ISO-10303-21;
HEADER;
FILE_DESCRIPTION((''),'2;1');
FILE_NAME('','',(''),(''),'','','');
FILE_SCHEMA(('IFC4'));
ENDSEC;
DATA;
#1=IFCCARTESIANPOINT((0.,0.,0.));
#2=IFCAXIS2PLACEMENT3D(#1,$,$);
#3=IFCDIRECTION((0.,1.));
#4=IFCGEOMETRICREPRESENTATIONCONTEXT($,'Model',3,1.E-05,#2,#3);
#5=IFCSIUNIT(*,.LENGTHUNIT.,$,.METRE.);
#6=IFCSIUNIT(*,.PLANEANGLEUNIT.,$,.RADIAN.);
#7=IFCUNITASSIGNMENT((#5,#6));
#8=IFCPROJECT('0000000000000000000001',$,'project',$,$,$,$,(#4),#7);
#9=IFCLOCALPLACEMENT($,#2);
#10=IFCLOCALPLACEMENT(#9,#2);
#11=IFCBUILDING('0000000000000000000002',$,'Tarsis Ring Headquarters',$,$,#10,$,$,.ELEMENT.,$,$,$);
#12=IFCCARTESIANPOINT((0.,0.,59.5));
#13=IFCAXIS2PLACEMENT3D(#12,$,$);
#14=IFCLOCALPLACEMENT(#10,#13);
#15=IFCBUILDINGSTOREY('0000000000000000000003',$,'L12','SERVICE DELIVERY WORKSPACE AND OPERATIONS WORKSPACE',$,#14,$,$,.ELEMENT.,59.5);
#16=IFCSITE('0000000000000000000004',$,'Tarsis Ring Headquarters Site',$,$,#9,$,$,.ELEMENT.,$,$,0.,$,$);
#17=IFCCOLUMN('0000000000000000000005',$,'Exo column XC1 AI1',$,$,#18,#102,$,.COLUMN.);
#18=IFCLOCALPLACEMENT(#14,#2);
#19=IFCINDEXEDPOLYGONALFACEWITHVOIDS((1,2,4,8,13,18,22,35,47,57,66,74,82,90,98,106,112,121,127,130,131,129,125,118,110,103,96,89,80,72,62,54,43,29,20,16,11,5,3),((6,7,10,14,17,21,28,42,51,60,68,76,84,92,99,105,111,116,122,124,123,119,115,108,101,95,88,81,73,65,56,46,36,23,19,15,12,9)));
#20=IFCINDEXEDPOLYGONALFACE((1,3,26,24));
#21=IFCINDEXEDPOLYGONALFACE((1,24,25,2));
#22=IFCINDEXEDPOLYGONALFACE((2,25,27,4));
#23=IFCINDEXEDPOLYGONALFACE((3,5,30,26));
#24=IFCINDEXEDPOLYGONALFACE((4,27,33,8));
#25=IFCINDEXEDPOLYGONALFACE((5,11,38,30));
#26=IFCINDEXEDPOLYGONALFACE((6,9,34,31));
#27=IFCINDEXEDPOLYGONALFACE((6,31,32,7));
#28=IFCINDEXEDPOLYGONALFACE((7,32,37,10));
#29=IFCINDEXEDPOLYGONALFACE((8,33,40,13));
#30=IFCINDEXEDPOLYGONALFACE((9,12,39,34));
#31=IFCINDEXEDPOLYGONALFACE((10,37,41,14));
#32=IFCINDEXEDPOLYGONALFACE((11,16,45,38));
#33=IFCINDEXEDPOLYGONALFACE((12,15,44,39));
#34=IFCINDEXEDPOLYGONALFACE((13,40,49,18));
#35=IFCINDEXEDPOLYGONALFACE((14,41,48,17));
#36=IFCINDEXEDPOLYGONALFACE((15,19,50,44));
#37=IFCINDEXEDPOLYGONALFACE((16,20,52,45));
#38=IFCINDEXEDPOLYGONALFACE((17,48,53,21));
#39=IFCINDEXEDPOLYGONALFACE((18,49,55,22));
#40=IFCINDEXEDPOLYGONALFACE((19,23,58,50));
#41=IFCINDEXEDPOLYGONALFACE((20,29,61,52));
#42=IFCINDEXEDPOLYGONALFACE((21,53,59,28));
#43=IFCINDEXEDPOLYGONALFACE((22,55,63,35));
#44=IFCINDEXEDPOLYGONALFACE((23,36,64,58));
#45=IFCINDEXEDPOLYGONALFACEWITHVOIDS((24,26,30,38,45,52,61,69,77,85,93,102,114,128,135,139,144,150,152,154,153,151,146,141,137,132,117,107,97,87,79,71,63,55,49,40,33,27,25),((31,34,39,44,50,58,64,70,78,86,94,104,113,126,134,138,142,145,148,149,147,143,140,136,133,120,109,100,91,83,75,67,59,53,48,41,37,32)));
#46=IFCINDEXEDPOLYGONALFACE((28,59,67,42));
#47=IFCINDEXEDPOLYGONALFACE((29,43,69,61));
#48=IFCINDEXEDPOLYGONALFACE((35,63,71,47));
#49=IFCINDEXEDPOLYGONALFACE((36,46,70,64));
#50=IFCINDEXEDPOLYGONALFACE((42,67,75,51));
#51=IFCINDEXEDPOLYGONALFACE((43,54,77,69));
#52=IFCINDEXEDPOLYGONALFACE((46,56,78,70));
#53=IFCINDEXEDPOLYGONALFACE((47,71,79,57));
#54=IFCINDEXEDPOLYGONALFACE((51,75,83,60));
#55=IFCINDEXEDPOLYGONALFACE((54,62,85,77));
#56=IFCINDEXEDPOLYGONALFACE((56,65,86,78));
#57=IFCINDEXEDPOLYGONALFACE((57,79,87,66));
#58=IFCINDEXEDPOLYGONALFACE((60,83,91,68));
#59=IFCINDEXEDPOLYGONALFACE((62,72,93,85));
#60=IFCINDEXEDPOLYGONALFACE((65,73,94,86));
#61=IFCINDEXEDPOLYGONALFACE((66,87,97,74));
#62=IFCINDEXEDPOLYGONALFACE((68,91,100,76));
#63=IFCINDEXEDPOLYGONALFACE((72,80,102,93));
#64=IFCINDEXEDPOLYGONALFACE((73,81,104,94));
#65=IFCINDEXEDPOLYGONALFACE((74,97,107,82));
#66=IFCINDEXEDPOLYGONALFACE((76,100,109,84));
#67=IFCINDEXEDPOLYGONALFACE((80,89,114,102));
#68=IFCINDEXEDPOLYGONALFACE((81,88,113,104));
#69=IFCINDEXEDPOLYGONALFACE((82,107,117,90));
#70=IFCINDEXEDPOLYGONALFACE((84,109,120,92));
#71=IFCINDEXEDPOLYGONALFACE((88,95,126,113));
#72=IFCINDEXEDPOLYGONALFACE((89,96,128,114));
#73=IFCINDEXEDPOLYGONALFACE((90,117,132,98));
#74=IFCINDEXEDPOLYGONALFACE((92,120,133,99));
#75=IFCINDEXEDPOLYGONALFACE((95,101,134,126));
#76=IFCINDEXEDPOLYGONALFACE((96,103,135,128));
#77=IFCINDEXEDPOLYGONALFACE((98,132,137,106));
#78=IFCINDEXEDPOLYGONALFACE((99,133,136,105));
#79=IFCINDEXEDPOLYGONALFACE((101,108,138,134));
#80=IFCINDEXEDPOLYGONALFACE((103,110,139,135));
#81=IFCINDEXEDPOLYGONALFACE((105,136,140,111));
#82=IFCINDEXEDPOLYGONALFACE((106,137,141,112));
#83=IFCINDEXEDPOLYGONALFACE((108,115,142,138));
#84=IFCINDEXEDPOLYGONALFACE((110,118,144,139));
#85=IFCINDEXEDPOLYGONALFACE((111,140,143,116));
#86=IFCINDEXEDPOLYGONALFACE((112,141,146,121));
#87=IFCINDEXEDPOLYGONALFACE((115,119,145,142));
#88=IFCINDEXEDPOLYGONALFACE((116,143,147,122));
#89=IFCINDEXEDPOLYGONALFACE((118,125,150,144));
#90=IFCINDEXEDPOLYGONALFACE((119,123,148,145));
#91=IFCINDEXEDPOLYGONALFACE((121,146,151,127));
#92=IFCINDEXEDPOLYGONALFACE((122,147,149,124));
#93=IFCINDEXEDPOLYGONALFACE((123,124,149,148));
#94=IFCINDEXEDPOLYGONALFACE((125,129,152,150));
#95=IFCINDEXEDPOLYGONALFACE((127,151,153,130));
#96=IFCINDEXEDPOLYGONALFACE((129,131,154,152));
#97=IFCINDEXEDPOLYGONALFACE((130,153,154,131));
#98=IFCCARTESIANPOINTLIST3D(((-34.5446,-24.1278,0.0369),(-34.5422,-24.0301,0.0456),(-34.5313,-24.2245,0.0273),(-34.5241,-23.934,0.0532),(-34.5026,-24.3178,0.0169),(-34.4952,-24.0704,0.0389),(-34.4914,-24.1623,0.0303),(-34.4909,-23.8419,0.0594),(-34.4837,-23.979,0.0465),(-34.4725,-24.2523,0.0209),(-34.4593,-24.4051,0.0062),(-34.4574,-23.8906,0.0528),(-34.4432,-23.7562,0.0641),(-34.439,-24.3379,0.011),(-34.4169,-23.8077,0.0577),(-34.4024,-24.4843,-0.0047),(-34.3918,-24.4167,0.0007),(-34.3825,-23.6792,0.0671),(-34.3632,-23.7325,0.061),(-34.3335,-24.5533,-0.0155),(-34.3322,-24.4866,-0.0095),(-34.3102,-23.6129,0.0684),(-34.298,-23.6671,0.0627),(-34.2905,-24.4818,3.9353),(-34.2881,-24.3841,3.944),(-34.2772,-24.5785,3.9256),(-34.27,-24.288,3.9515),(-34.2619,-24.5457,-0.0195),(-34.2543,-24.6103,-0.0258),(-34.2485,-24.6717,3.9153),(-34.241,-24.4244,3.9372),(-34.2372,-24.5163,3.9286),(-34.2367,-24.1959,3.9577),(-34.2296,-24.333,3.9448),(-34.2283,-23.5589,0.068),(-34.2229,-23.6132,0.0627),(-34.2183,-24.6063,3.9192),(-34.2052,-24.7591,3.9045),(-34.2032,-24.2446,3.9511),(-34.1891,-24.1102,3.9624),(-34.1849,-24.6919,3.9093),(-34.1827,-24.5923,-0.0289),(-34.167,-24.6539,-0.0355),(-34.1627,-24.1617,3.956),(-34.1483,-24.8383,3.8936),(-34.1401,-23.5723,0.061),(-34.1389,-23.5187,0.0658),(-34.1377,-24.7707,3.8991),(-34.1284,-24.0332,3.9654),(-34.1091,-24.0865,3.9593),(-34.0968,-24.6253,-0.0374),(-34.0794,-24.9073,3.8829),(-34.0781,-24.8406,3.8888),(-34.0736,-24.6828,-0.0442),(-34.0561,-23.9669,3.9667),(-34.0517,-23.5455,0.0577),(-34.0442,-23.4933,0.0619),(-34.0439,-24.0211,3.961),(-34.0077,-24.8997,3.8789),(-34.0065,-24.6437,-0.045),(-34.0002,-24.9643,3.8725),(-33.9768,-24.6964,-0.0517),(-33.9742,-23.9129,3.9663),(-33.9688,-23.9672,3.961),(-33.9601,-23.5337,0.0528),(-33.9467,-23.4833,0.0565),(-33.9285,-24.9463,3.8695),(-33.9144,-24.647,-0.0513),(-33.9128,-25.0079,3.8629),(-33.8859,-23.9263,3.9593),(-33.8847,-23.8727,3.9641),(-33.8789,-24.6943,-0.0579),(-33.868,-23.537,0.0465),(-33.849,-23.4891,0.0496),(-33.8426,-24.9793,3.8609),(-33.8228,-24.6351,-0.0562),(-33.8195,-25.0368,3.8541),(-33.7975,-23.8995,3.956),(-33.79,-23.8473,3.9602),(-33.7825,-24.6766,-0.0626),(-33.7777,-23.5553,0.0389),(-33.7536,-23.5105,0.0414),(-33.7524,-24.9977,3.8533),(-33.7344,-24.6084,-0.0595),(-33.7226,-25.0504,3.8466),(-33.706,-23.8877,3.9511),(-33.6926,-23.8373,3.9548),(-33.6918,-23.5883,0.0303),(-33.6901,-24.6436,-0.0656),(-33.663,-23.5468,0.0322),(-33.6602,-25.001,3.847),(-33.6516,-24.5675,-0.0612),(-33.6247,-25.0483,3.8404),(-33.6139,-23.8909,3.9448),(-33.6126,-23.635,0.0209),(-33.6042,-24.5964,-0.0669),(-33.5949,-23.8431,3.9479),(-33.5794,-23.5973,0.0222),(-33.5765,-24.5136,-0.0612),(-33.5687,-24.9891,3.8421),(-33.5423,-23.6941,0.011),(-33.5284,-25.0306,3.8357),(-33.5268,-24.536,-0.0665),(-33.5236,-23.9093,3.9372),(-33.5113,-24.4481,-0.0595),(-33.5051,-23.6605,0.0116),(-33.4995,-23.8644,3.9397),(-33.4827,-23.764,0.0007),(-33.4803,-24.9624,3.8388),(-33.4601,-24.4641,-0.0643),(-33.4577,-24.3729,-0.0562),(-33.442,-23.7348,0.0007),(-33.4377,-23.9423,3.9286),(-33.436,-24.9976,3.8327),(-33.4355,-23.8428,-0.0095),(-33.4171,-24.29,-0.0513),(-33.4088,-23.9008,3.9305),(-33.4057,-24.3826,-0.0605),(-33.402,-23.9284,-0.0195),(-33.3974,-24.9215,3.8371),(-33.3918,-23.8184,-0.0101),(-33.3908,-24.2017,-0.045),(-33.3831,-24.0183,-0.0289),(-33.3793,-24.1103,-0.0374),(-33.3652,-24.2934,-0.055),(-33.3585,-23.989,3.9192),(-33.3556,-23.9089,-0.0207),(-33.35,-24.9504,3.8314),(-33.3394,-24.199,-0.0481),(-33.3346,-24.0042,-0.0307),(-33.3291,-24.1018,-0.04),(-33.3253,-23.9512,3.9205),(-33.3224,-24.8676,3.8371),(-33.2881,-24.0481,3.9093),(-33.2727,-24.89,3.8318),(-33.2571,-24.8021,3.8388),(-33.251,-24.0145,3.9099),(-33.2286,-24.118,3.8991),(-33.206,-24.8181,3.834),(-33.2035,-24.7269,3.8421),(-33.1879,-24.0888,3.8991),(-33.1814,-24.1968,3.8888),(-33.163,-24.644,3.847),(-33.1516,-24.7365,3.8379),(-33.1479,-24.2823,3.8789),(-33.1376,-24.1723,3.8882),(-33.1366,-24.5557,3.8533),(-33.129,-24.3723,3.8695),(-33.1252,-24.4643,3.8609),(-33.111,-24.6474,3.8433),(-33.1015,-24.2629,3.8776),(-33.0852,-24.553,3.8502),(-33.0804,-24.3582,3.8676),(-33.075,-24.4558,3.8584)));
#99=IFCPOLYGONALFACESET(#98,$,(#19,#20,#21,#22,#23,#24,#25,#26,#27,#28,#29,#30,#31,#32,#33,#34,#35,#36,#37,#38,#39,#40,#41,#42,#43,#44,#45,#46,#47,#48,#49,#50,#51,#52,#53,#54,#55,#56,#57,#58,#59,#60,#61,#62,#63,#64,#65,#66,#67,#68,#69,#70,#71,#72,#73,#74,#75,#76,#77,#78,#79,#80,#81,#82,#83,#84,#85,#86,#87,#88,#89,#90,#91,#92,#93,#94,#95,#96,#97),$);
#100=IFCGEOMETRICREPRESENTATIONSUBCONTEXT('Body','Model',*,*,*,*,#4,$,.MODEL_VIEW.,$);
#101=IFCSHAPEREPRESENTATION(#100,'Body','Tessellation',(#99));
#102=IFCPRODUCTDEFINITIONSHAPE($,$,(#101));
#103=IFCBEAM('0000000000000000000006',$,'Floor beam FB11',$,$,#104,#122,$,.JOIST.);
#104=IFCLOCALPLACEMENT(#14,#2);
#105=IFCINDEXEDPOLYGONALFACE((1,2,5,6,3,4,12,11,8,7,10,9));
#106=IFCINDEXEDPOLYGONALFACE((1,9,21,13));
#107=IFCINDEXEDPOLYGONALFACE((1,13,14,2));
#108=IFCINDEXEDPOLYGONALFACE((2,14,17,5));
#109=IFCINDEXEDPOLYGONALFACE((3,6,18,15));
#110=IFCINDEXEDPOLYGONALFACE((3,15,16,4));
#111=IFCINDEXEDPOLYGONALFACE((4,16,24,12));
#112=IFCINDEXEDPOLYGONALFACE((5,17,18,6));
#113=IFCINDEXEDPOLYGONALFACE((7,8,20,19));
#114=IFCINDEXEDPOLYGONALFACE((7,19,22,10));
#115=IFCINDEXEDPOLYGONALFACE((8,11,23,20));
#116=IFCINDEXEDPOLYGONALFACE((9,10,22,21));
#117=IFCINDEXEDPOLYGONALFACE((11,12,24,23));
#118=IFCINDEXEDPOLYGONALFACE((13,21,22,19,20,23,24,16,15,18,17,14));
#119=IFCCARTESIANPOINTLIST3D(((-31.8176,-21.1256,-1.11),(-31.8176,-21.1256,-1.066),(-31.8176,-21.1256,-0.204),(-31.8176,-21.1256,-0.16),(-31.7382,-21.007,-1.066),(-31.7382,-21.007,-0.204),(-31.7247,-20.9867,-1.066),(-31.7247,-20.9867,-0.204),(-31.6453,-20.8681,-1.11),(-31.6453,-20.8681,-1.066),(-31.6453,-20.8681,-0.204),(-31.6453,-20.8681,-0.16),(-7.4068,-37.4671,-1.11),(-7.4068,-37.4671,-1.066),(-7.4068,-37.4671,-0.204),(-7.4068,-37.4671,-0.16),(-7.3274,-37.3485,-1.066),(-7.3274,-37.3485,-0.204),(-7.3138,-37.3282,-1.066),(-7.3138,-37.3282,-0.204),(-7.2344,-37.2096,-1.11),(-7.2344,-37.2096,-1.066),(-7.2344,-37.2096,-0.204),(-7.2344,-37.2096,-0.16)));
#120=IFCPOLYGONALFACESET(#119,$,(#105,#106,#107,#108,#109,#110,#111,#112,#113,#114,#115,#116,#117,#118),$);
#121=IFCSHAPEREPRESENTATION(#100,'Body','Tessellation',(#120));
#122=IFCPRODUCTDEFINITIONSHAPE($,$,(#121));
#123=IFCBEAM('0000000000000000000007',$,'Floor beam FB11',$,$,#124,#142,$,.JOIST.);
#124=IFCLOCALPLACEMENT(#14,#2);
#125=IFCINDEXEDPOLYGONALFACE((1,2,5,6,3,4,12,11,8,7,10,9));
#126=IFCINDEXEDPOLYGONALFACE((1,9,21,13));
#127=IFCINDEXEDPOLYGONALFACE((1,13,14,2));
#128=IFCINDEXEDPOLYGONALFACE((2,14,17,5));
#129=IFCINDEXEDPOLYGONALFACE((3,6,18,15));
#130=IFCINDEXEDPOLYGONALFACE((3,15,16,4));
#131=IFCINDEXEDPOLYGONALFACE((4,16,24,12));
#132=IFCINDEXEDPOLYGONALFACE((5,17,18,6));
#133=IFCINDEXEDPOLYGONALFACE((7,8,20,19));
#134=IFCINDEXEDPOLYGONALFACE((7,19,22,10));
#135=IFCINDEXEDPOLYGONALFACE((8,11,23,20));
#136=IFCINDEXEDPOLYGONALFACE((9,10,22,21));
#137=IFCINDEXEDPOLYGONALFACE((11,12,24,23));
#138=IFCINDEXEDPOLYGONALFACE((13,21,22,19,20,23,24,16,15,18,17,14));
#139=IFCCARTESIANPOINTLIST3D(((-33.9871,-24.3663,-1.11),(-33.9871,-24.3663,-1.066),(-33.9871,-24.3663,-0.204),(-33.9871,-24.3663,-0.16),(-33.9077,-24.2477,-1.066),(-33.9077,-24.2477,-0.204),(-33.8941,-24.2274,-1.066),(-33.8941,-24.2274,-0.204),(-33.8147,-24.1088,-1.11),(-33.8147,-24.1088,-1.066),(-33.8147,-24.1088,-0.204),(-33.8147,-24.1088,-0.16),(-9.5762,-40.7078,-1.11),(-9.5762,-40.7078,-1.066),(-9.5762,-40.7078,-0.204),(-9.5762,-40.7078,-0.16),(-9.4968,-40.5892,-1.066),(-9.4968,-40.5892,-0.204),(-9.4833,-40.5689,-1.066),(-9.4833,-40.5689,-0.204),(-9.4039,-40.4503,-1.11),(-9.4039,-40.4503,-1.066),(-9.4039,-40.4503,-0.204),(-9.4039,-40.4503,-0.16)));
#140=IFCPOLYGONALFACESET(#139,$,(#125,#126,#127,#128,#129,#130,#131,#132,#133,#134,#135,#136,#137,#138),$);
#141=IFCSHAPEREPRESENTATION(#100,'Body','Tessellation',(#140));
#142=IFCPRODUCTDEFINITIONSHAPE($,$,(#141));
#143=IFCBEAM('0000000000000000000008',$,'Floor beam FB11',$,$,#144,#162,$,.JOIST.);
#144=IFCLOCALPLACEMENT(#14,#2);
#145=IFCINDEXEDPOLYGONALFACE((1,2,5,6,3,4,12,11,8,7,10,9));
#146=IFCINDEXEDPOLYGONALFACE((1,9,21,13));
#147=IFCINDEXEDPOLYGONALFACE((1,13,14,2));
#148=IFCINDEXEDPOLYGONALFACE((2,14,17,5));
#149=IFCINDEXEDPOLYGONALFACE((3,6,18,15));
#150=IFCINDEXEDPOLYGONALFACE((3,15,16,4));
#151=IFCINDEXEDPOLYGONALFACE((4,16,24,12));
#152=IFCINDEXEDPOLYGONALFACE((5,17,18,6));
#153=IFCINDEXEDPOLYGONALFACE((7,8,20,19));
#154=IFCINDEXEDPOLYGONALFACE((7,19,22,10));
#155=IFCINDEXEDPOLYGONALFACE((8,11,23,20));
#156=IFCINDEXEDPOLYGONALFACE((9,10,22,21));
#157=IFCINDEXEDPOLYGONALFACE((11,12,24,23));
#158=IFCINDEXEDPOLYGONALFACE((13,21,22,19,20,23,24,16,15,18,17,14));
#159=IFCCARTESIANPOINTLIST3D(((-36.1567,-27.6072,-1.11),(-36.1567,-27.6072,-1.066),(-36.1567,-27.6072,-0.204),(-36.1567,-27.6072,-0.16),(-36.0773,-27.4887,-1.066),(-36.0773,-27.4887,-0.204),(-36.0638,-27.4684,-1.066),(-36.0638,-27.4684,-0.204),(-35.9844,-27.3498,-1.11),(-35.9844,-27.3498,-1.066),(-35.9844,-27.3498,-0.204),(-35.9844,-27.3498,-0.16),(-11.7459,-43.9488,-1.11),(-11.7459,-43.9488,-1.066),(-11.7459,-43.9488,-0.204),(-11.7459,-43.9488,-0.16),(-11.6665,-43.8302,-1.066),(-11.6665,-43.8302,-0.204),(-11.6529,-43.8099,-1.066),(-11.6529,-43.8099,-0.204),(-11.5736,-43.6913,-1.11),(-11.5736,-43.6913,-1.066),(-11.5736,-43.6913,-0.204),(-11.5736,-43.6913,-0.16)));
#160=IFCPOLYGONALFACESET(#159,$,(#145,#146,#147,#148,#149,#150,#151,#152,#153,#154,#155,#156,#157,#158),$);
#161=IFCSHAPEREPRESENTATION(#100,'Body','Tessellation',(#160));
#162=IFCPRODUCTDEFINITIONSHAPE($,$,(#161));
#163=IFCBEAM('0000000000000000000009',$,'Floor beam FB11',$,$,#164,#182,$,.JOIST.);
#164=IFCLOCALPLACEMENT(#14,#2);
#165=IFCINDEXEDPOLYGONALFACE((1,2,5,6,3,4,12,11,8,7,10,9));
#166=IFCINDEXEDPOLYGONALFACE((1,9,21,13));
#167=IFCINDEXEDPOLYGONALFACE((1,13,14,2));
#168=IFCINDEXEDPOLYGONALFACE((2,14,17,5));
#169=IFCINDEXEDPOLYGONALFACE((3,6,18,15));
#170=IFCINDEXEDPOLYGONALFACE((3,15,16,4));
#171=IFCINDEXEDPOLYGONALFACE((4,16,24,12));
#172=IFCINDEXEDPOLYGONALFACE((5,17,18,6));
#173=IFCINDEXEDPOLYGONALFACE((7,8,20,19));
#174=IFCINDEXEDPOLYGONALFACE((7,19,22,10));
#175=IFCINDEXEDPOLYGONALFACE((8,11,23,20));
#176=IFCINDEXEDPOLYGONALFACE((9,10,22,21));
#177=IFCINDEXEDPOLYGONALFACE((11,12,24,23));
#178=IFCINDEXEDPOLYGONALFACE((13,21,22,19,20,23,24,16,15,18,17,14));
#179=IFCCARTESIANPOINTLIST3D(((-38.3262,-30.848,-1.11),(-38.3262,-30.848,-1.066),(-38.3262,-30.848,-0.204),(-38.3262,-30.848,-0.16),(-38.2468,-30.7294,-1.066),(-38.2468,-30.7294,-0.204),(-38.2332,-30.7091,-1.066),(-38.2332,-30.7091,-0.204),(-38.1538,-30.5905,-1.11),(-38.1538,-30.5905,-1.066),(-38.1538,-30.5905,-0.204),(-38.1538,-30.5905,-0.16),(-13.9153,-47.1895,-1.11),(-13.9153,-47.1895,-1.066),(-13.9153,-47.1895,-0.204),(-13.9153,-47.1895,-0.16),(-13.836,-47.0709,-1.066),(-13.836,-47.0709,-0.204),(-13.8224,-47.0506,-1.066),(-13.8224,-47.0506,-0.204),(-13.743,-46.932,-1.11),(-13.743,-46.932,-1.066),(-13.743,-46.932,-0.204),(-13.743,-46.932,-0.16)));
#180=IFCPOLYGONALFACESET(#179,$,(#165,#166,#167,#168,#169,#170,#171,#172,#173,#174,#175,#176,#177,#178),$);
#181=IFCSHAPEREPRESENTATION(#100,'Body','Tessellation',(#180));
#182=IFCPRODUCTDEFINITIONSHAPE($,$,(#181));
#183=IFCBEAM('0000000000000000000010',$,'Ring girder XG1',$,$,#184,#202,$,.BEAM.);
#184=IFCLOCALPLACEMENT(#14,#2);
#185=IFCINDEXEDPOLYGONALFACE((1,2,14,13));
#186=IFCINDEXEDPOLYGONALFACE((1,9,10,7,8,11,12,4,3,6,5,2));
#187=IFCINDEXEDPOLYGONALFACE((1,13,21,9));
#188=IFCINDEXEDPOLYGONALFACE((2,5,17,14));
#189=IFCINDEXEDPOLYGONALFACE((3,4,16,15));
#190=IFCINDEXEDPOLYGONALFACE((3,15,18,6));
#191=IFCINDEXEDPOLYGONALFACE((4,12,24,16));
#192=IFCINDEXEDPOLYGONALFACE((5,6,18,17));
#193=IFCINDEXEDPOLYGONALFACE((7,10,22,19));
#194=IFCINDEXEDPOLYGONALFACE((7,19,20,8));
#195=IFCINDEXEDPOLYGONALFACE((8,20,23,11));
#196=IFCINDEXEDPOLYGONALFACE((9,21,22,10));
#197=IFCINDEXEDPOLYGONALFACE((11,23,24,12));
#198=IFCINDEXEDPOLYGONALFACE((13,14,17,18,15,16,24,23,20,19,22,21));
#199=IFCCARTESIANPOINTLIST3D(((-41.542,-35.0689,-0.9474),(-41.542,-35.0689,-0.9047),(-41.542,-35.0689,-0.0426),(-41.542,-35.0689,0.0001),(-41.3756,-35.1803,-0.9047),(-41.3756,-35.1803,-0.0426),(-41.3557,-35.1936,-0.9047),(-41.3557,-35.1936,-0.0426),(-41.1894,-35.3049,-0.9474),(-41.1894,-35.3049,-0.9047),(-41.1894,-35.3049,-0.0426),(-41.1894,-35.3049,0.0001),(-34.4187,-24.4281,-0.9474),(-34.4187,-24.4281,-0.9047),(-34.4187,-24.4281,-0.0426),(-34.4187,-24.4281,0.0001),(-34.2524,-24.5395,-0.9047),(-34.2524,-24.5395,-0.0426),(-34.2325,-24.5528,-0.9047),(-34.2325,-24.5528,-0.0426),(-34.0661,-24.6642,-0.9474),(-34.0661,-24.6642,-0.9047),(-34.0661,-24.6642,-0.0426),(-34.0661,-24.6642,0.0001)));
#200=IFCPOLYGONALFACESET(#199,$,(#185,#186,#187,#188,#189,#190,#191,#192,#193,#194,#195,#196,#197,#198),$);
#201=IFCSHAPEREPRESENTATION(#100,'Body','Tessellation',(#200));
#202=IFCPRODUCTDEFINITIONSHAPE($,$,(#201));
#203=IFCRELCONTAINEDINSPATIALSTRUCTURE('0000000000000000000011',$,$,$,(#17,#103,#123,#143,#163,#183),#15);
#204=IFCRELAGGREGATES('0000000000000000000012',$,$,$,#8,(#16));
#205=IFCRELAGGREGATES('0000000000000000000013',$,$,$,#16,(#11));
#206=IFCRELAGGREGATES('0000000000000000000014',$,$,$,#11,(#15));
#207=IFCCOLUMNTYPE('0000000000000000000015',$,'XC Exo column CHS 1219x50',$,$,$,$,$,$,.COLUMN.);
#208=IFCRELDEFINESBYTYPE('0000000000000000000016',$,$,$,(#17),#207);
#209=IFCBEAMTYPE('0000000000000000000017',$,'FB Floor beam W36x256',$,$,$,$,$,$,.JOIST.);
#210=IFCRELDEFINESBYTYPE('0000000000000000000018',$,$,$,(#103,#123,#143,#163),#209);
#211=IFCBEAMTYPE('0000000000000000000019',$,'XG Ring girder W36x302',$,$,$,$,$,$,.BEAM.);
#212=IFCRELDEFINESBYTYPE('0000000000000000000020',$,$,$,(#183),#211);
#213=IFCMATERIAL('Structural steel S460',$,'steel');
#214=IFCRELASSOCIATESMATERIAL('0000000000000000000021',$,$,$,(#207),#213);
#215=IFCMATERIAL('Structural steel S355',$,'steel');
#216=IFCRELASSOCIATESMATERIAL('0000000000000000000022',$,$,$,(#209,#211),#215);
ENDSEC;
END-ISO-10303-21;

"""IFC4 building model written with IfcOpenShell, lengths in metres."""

from ifc_helpers import new_model, si_unit, direction, frame, origin, origin_2d, place, context, subcontext, project, spatial, hollow_circle, i_section, extrude, material, material_profile, profile_set, type_object, element, save


model = new_model("IFC4")

# Units and contexts
model_context = context("Model", 3, precision=1e-05, world=origin(), true_north=direction((0.0, 1.0)))
body_context = subcontext(model_context, "Body", "Model", "MODEL_VIEW")
ifc_project = project(units=[si_unit("LENGTHUNIT", "METRE"), si_unit("PLANEANGLEUNIT", "RADIAN")], contexts=[model_context])

# Site, building, storey
site_placement = place(None, origin())
site = spatial("IfcSite", under=ifc_project, at=site_placement, Name="Tarsis Ring Headquarters Site", CompositionType="ELEMENT", RefElevation=0.0)
building_placement = place(site_placement, origin())
building = spatial("IfcBuilding", under=site, at=building_placement, Name="Tarsis Ring Headquarters", CompositionType="ELEMENT")
storey_placement = place(building_placement, frame((0.0, 0.0, 59.5)))
storey = spatial("IfcBuildingStorey", under=building, at=storey_placement, Name="L12", Description="SERVICE DELIVERY WORKSPACE AND OPERATIONS WORKSPACE", CompositionType="ELEMENT", Elevation=59.5)

# Column
ifc_material_1 = material(Name="Structural steel S460", Category="steel")
ifc_material_profile_1 = material_profile(ifc_material_1, hollow_circle(Radius=0.6096, WallThickness=0.05, at=origin_2d()), Name="CHS 1219x50")
ifc_profile_set_1 = profile_set([ifc_material_profile_1], Name="Structural steel S460")
column_type = type_object("IfcColumnType", Name="XC Exo column CHS 1219x50", PredefinedType="COLUMN", material=ifc_profile_set_1)
column_placement = place(storey_placement, frame((-33.9373, -24.0903, 0.0007), z_axis=(0.064789, -0.090245, 0.99381), x_axis=(0.812331, 0.583197, 0.0)))
element("IfcColumn", 1, at=column_placement, inside=storey, type_object=column_type, Name="Exo column XC1 AI1", PredefinedType="COLUMN", context=body_context, shape_type="SweptSolid", body=[
    extrude(hollow_circle(Radius=0.6096, WallThickness=0.05, at=origin_2d()), origin(), (0.0, 0.0, 1.0), 3.9226),
])

# Beams
ifc_material_2 = material(Name="Structural steel S355", Category="steel")
ifc_material_profile_2 = material_profile(ifc_material_2, i_section(OverallWidth=0.3098, OverallDepth=0.95, WebThickness=0.0244, FlangeThickness=0.0439, at=origin_2d()), Name="W36x256")
ifc_profile_set_2 = profile_set([ifc_material_profile_2], Name="Structural steel S355")
beam_type_1 = type_object("IfcBeamType", Name="FB Floor beam W36x256", PredefinedType="JOIST", material=ifc_profile_set_2)
for number, where, z_axis, x_axis, name in (
    (2, (-31.7314, -20.9968, -0.635), (0.830986, -0.556293, 0.0), (0.556293, 0.830986, 0.0), "Floor beam FB11"),
    (3, (-33.9009, -24.2375, -0.635), (0.830986, -0.556293, 0.0), (0.556293, 0.830986, 0.0), "Floor beam FB11"),
    (4, (-36.0706, -27.4785, -0.635), (0.830986, -0.556293, 0.0), (0.556293, 0.830986, 0.0), "Floor beam FB11"),
    (5, (-38.24, -30.7192, -0.635), (0.830986, -0.556293, 0.0), (0.556293, 0.830986, 0.0), "Floor beam FB11"),
):
    element("IfcBeam", number, at=place(storey_placement, frame(where, z_axis=z_axis, x_axis=x_axis)), inside=storey, type_object=beam_type_1, Name=name, PredefinedType="JOIST", context=body_context, shape_type="SweptSolid", body=[
        extrude(i_section(OverallWidth=0.3098, OverallDepth=0.95, WebThickness=0.0244, FlangeThickness=0.0439, at=origin_2d()), origin(), (0.0, 0.0, 1.0), 29.3757),
    ])
ifc_material_profile_3 = material_profile(ifc_material_2, i_section(OverallWidth=0.4243, OverallDepth=0.9475, WebThickness=0.0239, FlangeThickness=0.0427, at=origin_2d()), Name="W36x302")
ifc_profile_set_3 = profile_set([ifc_material_profile_3], Name="Structural steel S355")
beam_type_2 = type_object("IfcBeamType", Name="XG Ring girder W36x302", PredefinedType="BEAM", material=ifc_profile_set_3)
beam_placement = place(storey_placement, frame((-34.2424, -24.5461, -0.4736), z_axis=(-0.556288, -0.83099, 0.0), x_axis=(0.83099, -0.556288, 0.0)))
element("IfcBeam", 6, at=beam_placement, inside=storey, type_object=beam_type_2, Name="Ring girder XG1", PredefinedType="BEAM", context=body_context, shape_type="SweptSolid", body=[
    extrude(i_section(OverallWidth=0.4243, OverallDepth=0.9475, WebThickness=0.0239, FlangeThickness=0.0427, at=origin_2d()), origin(), (0.0, 0.0, 1.0), 12.8049),
])

save(model, "model.ifc")
